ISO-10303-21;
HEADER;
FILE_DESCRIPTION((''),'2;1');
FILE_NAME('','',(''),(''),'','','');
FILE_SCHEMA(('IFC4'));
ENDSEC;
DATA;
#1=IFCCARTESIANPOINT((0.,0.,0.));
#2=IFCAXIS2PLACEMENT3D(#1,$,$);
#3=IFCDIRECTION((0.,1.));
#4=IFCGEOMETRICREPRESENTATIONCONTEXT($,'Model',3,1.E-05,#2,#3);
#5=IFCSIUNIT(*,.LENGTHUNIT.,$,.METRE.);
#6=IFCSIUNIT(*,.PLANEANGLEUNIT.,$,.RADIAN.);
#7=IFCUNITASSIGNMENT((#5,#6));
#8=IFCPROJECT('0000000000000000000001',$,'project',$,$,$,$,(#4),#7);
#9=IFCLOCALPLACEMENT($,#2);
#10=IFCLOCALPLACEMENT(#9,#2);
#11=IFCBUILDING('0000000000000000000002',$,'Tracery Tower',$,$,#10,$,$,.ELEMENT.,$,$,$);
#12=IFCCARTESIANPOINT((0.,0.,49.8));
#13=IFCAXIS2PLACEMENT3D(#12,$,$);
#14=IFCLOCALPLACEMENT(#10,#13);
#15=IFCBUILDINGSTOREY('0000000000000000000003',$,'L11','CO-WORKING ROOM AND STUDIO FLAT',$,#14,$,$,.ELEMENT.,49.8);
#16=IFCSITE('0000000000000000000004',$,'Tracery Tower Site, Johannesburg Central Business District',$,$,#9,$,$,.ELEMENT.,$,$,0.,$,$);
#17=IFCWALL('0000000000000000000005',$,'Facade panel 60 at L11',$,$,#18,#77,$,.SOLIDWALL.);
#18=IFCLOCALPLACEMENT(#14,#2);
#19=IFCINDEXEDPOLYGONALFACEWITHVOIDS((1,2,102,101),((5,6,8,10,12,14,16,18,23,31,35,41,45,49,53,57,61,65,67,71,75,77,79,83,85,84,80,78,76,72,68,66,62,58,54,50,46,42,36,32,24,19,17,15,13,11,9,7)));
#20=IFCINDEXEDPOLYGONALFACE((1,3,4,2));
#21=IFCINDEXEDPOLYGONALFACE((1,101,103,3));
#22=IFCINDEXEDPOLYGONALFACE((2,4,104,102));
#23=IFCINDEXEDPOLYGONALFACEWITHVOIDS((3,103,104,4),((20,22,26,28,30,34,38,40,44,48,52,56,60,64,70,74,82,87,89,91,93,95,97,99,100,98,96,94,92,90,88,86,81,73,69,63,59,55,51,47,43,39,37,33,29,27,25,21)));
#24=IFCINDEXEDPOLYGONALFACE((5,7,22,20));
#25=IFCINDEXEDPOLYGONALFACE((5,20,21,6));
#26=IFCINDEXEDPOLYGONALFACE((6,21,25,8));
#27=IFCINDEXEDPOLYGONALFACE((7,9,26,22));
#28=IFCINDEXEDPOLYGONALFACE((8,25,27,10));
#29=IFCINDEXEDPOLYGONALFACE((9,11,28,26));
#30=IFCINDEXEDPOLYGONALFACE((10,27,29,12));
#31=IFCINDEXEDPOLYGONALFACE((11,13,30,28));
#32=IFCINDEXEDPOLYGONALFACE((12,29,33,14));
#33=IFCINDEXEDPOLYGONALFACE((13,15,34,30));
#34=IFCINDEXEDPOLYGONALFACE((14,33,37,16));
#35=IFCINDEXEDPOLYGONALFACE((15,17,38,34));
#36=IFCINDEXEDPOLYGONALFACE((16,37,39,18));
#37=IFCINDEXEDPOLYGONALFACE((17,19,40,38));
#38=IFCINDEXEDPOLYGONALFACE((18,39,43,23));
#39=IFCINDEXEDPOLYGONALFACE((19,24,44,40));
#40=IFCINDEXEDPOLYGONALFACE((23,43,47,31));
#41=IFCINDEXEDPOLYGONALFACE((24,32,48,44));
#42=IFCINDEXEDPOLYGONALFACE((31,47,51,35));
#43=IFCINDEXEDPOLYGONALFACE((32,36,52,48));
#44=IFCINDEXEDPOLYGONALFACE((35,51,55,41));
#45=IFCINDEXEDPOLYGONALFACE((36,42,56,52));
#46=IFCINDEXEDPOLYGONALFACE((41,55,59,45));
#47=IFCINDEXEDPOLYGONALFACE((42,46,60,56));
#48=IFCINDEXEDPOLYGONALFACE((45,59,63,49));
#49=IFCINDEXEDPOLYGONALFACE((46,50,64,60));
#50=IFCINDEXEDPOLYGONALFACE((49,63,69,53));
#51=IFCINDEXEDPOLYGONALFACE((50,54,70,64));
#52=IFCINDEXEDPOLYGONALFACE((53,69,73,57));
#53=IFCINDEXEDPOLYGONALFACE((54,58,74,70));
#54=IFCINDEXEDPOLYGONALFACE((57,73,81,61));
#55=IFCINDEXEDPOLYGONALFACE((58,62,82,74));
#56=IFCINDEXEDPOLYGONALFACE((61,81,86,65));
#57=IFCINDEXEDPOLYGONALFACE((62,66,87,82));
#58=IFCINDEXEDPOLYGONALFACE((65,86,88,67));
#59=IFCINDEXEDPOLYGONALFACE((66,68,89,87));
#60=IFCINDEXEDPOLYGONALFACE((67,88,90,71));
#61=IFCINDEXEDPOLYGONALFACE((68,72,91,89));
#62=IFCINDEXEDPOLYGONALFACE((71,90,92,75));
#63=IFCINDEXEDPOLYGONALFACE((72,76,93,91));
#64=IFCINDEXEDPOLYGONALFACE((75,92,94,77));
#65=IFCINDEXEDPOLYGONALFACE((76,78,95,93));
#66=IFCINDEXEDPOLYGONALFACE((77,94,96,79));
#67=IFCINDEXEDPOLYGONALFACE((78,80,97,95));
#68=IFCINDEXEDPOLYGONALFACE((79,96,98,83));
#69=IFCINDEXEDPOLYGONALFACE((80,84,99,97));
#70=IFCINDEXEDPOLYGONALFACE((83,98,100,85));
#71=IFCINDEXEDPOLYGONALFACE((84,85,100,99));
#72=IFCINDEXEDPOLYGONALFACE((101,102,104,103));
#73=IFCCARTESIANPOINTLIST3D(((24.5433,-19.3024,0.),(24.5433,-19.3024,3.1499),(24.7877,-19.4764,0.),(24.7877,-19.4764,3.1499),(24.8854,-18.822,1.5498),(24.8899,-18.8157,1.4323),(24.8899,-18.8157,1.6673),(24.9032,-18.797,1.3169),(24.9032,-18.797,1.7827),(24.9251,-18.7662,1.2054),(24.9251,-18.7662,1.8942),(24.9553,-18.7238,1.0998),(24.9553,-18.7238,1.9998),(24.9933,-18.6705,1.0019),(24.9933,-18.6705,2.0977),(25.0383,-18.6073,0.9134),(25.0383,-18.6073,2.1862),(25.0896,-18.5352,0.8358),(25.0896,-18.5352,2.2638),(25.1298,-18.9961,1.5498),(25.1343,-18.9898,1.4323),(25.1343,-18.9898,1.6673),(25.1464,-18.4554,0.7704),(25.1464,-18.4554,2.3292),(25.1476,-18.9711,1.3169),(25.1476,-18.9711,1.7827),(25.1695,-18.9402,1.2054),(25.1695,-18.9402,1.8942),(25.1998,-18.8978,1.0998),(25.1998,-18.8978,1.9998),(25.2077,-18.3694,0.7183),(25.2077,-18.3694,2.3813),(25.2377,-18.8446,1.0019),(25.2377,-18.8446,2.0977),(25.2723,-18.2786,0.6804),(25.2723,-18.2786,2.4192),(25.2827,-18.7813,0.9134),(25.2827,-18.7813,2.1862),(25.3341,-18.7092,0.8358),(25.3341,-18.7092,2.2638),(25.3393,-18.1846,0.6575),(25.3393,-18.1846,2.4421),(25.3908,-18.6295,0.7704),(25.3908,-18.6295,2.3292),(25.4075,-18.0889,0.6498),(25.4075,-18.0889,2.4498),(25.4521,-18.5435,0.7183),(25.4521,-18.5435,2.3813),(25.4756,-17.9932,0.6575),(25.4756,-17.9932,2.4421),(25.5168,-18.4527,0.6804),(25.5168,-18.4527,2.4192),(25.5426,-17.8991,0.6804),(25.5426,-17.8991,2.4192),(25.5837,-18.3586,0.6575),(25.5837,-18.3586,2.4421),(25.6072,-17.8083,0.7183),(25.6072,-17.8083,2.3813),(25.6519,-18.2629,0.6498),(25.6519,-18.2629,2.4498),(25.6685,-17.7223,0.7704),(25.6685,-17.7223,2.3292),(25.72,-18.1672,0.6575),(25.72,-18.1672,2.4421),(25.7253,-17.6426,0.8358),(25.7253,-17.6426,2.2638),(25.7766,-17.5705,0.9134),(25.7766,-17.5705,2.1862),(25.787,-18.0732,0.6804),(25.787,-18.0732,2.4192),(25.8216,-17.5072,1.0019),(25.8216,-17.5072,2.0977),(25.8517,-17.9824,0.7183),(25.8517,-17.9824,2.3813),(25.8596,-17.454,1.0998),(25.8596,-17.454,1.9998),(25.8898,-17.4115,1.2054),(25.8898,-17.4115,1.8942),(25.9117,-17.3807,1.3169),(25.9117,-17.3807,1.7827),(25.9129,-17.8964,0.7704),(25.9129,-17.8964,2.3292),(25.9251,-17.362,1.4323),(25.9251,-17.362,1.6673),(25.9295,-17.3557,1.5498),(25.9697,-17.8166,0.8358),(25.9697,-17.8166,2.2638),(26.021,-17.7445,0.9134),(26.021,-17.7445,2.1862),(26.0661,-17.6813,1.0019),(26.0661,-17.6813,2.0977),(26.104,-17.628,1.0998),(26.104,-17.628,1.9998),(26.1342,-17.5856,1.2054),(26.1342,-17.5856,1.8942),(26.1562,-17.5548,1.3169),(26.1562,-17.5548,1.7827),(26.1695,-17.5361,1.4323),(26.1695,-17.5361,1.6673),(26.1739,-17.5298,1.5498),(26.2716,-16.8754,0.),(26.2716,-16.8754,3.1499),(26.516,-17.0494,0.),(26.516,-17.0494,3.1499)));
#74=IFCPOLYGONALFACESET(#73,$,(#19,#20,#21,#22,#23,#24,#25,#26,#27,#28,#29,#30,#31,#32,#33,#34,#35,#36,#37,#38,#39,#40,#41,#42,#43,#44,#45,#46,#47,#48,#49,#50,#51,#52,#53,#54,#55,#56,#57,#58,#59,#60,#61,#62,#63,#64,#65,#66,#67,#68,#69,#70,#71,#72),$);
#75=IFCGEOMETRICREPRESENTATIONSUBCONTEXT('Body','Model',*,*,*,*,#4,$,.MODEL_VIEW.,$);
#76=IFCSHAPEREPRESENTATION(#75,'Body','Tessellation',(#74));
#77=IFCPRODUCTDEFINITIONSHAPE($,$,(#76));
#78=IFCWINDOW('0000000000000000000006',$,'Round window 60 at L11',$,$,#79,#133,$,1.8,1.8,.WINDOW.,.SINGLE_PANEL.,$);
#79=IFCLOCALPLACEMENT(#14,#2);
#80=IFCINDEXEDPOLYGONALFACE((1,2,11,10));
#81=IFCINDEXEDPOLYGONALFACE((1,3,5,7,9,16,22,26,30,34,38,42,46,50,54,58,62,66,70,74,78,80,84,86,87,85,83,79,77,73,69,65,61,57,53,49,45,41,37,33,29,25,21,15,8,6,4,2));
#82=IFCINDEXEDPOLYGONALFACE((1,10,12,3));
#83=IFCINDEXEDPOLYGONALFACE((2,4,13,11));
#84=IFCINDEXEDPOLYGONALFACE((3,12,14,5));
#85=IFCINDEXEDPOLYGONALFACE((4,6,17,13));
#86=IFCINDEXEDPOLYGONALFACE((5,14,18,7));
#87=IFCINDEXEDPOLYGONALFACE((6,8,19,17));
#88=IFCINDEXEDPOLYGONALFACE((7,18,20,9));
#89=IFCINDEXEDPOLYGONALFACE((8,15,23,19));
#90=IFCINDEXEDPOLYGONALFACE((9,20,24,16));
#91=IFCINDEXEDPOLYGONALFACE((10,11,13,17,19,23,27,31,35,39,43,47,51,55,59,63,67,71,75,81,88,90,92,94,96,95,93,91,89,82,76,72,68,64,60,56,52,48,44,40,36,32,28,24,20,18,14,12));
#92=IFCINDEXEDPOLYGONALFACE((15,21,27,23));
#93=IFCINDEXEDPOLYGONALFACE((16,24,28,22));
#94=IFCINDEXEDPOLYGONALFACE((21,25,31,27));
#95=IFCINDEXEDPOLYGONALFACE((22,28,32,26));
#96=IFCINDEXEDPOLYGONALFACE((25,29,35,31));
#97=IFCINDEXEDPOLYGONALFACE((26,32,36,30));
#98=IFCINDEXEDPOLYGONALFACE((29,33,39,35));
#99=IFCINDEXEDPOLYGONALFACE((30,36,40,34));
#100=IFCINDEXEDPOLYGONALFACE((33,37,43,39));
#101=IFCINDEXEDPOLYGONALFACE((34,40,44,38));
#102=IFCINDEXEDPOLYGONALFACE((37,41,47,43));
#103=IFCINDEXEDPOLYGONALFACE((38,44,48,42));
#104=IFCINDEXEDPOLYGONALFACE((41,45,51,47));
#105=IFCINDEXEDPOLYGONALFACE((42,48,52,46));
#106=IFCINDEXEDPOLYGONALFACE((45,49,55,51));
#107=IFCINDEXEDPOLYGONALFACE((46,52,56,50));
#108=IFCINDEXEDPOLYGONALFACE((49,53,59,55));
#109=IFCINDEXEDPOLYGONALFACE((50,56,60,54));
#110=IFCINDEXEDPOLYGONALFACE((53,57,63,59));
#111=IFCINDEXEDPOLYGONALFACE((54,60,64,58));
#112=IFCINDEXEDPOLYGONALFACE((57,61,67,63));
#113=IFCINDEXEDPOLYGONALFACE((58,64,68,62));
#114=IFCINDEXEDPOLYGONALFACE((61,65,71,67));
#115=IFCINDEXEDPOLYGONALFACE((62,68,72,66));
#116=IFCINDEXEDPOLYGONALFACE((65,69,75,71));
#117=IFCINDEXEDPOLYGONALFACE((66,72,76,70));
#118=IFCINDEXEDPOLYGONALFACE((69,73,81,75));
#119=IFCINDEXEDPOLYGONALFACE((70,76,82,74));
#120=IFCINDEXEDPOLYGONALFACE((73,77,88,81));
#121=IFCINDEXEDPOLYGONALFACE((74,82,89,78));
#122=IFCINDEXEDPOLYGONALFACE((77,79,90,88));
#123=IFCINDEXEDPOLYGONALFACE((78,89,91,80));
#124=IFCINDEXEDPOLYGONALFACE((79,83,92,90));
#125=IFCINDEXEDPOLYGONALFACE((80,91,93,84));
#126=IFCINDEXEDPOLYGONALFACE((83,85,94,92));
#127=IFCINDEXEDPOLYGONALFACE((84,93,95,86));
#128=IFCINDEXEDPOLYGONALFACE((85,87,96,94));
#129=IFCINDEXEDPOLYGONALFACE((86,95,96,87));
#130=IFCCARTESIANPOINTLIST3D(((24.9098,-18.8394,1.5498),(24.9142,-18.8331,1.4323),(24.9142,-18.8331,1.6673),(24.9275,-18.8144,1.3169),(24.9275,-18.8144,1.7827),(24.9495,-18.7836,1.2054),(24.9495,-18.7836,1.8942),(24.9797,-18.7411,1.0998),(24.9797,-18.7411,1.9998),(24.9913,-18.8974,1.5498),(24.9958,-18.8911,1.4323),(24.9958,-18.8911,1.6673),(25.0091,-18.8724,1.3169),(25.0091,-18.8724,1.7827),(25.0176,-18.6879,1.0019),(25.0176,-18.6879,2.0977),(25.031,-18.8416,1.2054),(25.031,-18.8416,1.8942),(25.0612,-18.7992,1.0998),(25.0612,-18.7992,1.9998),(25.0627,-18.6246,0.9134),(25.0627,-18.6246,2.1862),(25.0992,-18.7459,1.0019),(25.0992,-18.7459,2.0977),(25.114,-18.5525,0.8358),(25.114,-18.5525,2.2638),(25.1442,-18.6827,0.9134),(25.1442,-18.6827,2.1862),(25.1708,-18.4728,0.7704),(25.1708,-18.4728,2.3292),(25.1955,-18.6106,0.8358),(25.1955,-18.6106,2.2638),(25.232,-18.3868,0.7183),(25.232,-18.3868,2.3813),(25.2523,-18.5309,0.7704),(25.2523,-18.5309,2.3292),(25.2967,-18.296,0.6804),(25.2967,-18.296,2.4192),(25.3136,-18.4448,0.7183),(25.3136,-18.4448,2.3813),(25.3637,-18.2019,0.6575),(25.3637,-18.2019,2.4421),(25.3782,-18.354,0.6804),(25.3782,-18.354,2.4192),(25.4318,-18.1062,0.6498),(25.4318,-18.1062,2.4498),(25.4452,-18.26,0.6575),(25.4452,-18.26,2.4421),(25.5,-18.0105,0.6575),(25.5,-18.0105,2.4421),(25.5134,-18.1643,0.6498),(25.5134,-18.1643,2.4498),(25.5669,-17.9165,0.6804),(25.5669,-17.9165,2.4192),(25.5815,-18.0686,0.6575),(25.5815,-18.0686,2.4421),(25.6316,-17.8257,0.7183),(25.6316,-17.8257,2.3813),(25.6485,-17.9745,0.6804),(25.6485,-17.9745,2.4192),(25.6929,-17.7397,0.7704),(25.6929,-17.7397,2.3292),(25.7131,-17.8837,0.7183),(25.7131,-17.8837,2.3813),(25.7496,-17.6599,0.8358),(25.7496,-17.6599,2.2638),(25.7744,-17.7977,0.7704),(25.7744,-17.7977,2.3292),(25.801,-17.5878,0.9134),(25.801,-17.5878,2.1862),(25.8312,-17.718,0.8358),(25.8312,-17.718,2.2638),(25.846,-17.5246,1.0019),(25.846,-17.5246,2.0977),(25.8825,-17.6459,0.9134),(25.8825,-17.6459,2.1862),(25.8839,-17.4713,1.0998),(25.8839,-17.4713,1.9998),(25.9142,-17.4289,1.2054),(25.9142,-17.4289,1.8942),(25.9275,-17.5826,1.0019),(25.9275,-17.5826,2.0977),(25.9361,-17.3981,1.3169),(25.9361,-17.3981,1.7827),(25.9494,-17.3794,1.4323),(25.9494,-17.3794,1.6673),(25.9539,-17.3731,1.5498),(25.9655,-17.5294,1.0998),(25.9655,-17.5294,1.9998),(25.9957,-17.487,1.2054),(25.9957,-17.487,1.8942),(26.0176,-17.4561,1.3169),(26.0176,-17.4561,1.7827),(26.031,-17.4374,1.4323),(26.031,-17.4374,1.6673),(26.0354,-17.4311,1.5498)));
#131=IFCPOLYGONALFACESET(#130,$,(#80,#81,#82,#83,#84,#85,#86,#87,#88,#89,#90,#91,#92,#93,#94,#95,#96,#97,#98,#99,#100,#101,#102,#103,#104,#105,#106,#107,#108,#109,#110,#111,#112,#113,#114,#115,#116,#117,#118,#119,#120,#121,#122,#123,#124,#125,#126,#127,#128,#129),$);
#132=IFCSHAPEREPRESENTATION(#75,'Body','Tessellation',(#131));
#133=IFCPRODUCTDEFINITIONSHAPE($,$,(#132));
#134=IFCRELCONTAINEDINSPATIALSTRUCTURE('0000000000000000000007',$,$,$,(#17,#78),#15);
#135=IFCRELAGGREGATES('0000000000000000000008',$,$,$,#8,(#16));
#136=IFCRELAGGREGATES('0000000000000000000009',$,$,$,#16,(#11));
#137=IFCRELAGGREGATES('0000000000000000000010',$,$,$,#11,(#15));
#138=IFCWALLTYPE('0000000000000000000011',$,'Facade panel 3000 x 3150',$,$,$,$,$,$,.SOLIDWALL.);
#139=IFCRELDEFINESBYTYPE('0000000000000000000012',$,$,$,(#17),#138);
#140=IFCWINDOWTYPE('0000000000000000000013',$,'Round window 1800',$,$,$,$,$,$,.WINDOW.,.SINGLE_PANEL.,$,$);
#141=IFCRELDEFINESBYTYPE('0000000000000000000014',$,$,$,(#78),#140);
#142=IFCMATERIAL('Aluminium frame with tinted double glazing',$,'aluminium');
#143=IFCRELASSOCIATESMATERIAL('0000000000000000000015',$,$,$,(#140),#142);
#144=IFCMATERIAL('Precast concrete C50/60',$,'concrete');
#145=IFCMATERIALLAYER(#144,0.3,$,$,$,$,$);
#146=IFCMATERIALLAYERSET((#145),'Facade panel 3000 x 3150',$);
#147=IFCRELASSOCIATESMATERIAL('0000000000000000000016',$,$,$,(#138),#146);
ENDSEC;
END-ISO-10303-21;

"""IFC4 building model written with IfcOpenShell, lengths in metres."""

from ifc_helpers import new_model, si_unit, direction, frame, frame_2d, origin, origin_2d, place, context, subcontext, project, spatial, rectangle, circle, extrude, material, layer, layer_set, type_object, element, fill, save


model = new_model("IFC4")

# Units and contexts
model_context = context("Model", 3, precision=1e-05, world=origin(), true_north=direction((0.0, 1.0)))
body_context = subcontext(model_context, "Body", "Model", "MODEL_VIEW")
ifc_project = project(units=[si_unit("LENGTHUNIT", "METRE"), si_unit("PLANEANGLEUNIT", "RADIAN")], contexts=[model_context])

# Site, building, storey
site_placement = place(None, origin())
site = spatial("IfcSite", under=ifc_project, at=site_placement, Name="Tracery Tower Site, Johannesburg Central Business District", CompositionType="ELEMENT", RefElevation=0.0)
building_placement = place(site_placement, origin())
building = spatial("IfcBuilding", under=site, at=building_placement, Name="Tracery Tower", CompositionType="ELEMENT")
storey_placement = place(building_placement, frame((0.0, 0.0, 49.8)))
storey = spatial("IfcBuildingStorey", under=building, at=storey_placement, Name="L11", Description="CO-WORKING ROOM AND STUDIO FLAT", CompositionType="ELEMENT", Elevation=49.8)

# Wall, opening, window
ifc_material_1 = material(Name="Aluminium frame with tinted double glazing", Category="aluminium")
window_type = type_object("IfcWindowType", Name="Round window 1800", PartitioningType="SINGLE_PANEL", PredefinedType="WINDOW", material=ifc_material_1)
ifc_material_2 = material(Name="Precast concrete C50/60", Category="concrete")
ifc_layer_1 = layer(ifc_material_2, 0.3)
ifc_layer_set_1 = layer_set([ifc_layer_1], Name="Facade panel 3000 x 3150")
wall_type_1 = type_object("IfcWallType", Name="Facade panel 3000 x 3150", PredefinedType="SOLIDWALL", material=ifc_layer_set_1)
wall_1_placement = place(storey_placement, frame((24.6655, -19.3894, 0.0), z_axis=(0.0, 0.0, 1.0), x_axis=(0.580059, 0.814574, 0.0)))
wall_1 = element("IfcWall", 1, at=wall_1_placement, inside=storey, type_object=wall_type_1, Name="Facade panel 60 at L11", PredefinedType="SOLIDWALL", context=body_context, shape_type="SweptSolid", body=[
    extrude(rectangle(XDim=2.9795, YDim=0.3, at=frame_2d((1.4897, 0.0))), origin(), (0.0, 0.0, 1.0), 3.1499),
])
opening_1_placement = place(wall_1_placement, frame((1.4897, 0.0, 1.5498)))
opening_1 = element("IfcOpeningElement", 2, at=opening_1_placement, cuts=wall_1, PredefinedType="OPENING", context=body_context, shape_type="SweptSolid", body=[
    extrude(circle(Radius=0.9, at=origin_2d()), frame((0.0, 0.1599, 0.0), z_axis=(0.0, -1.0, 0.0), x_axis=(1.0, 0.0, 0.0)), (0.0, 0.0, 1.0), 0.3201),
])
window_1_placement = place(opening_1_placement, origin())
window_1 = element("IfcWindow", 3, at=window_1_placement, inside=storey, type_object=window_type, Name="Round window 60 at L11", OverallHeight=1.8, OverallWidth=1.8, PartitioningType="SINGLE_PANEL", PredefinedType="WINDOW", context=body_context, shape_type="SweptSolid", body=[
    extrude(circle(Radius=0.9, at=origin_2d()), frame((0.0, 0.1201, 0.0), z_axis=(0.0, -1.0, 0.0), x_axis=(1.0, 0.0, 0.0)), (0.0, 0.0, 1.0), 0.1001),
])
fill(opening_1, window_1)

save(model, "model.ifc")
